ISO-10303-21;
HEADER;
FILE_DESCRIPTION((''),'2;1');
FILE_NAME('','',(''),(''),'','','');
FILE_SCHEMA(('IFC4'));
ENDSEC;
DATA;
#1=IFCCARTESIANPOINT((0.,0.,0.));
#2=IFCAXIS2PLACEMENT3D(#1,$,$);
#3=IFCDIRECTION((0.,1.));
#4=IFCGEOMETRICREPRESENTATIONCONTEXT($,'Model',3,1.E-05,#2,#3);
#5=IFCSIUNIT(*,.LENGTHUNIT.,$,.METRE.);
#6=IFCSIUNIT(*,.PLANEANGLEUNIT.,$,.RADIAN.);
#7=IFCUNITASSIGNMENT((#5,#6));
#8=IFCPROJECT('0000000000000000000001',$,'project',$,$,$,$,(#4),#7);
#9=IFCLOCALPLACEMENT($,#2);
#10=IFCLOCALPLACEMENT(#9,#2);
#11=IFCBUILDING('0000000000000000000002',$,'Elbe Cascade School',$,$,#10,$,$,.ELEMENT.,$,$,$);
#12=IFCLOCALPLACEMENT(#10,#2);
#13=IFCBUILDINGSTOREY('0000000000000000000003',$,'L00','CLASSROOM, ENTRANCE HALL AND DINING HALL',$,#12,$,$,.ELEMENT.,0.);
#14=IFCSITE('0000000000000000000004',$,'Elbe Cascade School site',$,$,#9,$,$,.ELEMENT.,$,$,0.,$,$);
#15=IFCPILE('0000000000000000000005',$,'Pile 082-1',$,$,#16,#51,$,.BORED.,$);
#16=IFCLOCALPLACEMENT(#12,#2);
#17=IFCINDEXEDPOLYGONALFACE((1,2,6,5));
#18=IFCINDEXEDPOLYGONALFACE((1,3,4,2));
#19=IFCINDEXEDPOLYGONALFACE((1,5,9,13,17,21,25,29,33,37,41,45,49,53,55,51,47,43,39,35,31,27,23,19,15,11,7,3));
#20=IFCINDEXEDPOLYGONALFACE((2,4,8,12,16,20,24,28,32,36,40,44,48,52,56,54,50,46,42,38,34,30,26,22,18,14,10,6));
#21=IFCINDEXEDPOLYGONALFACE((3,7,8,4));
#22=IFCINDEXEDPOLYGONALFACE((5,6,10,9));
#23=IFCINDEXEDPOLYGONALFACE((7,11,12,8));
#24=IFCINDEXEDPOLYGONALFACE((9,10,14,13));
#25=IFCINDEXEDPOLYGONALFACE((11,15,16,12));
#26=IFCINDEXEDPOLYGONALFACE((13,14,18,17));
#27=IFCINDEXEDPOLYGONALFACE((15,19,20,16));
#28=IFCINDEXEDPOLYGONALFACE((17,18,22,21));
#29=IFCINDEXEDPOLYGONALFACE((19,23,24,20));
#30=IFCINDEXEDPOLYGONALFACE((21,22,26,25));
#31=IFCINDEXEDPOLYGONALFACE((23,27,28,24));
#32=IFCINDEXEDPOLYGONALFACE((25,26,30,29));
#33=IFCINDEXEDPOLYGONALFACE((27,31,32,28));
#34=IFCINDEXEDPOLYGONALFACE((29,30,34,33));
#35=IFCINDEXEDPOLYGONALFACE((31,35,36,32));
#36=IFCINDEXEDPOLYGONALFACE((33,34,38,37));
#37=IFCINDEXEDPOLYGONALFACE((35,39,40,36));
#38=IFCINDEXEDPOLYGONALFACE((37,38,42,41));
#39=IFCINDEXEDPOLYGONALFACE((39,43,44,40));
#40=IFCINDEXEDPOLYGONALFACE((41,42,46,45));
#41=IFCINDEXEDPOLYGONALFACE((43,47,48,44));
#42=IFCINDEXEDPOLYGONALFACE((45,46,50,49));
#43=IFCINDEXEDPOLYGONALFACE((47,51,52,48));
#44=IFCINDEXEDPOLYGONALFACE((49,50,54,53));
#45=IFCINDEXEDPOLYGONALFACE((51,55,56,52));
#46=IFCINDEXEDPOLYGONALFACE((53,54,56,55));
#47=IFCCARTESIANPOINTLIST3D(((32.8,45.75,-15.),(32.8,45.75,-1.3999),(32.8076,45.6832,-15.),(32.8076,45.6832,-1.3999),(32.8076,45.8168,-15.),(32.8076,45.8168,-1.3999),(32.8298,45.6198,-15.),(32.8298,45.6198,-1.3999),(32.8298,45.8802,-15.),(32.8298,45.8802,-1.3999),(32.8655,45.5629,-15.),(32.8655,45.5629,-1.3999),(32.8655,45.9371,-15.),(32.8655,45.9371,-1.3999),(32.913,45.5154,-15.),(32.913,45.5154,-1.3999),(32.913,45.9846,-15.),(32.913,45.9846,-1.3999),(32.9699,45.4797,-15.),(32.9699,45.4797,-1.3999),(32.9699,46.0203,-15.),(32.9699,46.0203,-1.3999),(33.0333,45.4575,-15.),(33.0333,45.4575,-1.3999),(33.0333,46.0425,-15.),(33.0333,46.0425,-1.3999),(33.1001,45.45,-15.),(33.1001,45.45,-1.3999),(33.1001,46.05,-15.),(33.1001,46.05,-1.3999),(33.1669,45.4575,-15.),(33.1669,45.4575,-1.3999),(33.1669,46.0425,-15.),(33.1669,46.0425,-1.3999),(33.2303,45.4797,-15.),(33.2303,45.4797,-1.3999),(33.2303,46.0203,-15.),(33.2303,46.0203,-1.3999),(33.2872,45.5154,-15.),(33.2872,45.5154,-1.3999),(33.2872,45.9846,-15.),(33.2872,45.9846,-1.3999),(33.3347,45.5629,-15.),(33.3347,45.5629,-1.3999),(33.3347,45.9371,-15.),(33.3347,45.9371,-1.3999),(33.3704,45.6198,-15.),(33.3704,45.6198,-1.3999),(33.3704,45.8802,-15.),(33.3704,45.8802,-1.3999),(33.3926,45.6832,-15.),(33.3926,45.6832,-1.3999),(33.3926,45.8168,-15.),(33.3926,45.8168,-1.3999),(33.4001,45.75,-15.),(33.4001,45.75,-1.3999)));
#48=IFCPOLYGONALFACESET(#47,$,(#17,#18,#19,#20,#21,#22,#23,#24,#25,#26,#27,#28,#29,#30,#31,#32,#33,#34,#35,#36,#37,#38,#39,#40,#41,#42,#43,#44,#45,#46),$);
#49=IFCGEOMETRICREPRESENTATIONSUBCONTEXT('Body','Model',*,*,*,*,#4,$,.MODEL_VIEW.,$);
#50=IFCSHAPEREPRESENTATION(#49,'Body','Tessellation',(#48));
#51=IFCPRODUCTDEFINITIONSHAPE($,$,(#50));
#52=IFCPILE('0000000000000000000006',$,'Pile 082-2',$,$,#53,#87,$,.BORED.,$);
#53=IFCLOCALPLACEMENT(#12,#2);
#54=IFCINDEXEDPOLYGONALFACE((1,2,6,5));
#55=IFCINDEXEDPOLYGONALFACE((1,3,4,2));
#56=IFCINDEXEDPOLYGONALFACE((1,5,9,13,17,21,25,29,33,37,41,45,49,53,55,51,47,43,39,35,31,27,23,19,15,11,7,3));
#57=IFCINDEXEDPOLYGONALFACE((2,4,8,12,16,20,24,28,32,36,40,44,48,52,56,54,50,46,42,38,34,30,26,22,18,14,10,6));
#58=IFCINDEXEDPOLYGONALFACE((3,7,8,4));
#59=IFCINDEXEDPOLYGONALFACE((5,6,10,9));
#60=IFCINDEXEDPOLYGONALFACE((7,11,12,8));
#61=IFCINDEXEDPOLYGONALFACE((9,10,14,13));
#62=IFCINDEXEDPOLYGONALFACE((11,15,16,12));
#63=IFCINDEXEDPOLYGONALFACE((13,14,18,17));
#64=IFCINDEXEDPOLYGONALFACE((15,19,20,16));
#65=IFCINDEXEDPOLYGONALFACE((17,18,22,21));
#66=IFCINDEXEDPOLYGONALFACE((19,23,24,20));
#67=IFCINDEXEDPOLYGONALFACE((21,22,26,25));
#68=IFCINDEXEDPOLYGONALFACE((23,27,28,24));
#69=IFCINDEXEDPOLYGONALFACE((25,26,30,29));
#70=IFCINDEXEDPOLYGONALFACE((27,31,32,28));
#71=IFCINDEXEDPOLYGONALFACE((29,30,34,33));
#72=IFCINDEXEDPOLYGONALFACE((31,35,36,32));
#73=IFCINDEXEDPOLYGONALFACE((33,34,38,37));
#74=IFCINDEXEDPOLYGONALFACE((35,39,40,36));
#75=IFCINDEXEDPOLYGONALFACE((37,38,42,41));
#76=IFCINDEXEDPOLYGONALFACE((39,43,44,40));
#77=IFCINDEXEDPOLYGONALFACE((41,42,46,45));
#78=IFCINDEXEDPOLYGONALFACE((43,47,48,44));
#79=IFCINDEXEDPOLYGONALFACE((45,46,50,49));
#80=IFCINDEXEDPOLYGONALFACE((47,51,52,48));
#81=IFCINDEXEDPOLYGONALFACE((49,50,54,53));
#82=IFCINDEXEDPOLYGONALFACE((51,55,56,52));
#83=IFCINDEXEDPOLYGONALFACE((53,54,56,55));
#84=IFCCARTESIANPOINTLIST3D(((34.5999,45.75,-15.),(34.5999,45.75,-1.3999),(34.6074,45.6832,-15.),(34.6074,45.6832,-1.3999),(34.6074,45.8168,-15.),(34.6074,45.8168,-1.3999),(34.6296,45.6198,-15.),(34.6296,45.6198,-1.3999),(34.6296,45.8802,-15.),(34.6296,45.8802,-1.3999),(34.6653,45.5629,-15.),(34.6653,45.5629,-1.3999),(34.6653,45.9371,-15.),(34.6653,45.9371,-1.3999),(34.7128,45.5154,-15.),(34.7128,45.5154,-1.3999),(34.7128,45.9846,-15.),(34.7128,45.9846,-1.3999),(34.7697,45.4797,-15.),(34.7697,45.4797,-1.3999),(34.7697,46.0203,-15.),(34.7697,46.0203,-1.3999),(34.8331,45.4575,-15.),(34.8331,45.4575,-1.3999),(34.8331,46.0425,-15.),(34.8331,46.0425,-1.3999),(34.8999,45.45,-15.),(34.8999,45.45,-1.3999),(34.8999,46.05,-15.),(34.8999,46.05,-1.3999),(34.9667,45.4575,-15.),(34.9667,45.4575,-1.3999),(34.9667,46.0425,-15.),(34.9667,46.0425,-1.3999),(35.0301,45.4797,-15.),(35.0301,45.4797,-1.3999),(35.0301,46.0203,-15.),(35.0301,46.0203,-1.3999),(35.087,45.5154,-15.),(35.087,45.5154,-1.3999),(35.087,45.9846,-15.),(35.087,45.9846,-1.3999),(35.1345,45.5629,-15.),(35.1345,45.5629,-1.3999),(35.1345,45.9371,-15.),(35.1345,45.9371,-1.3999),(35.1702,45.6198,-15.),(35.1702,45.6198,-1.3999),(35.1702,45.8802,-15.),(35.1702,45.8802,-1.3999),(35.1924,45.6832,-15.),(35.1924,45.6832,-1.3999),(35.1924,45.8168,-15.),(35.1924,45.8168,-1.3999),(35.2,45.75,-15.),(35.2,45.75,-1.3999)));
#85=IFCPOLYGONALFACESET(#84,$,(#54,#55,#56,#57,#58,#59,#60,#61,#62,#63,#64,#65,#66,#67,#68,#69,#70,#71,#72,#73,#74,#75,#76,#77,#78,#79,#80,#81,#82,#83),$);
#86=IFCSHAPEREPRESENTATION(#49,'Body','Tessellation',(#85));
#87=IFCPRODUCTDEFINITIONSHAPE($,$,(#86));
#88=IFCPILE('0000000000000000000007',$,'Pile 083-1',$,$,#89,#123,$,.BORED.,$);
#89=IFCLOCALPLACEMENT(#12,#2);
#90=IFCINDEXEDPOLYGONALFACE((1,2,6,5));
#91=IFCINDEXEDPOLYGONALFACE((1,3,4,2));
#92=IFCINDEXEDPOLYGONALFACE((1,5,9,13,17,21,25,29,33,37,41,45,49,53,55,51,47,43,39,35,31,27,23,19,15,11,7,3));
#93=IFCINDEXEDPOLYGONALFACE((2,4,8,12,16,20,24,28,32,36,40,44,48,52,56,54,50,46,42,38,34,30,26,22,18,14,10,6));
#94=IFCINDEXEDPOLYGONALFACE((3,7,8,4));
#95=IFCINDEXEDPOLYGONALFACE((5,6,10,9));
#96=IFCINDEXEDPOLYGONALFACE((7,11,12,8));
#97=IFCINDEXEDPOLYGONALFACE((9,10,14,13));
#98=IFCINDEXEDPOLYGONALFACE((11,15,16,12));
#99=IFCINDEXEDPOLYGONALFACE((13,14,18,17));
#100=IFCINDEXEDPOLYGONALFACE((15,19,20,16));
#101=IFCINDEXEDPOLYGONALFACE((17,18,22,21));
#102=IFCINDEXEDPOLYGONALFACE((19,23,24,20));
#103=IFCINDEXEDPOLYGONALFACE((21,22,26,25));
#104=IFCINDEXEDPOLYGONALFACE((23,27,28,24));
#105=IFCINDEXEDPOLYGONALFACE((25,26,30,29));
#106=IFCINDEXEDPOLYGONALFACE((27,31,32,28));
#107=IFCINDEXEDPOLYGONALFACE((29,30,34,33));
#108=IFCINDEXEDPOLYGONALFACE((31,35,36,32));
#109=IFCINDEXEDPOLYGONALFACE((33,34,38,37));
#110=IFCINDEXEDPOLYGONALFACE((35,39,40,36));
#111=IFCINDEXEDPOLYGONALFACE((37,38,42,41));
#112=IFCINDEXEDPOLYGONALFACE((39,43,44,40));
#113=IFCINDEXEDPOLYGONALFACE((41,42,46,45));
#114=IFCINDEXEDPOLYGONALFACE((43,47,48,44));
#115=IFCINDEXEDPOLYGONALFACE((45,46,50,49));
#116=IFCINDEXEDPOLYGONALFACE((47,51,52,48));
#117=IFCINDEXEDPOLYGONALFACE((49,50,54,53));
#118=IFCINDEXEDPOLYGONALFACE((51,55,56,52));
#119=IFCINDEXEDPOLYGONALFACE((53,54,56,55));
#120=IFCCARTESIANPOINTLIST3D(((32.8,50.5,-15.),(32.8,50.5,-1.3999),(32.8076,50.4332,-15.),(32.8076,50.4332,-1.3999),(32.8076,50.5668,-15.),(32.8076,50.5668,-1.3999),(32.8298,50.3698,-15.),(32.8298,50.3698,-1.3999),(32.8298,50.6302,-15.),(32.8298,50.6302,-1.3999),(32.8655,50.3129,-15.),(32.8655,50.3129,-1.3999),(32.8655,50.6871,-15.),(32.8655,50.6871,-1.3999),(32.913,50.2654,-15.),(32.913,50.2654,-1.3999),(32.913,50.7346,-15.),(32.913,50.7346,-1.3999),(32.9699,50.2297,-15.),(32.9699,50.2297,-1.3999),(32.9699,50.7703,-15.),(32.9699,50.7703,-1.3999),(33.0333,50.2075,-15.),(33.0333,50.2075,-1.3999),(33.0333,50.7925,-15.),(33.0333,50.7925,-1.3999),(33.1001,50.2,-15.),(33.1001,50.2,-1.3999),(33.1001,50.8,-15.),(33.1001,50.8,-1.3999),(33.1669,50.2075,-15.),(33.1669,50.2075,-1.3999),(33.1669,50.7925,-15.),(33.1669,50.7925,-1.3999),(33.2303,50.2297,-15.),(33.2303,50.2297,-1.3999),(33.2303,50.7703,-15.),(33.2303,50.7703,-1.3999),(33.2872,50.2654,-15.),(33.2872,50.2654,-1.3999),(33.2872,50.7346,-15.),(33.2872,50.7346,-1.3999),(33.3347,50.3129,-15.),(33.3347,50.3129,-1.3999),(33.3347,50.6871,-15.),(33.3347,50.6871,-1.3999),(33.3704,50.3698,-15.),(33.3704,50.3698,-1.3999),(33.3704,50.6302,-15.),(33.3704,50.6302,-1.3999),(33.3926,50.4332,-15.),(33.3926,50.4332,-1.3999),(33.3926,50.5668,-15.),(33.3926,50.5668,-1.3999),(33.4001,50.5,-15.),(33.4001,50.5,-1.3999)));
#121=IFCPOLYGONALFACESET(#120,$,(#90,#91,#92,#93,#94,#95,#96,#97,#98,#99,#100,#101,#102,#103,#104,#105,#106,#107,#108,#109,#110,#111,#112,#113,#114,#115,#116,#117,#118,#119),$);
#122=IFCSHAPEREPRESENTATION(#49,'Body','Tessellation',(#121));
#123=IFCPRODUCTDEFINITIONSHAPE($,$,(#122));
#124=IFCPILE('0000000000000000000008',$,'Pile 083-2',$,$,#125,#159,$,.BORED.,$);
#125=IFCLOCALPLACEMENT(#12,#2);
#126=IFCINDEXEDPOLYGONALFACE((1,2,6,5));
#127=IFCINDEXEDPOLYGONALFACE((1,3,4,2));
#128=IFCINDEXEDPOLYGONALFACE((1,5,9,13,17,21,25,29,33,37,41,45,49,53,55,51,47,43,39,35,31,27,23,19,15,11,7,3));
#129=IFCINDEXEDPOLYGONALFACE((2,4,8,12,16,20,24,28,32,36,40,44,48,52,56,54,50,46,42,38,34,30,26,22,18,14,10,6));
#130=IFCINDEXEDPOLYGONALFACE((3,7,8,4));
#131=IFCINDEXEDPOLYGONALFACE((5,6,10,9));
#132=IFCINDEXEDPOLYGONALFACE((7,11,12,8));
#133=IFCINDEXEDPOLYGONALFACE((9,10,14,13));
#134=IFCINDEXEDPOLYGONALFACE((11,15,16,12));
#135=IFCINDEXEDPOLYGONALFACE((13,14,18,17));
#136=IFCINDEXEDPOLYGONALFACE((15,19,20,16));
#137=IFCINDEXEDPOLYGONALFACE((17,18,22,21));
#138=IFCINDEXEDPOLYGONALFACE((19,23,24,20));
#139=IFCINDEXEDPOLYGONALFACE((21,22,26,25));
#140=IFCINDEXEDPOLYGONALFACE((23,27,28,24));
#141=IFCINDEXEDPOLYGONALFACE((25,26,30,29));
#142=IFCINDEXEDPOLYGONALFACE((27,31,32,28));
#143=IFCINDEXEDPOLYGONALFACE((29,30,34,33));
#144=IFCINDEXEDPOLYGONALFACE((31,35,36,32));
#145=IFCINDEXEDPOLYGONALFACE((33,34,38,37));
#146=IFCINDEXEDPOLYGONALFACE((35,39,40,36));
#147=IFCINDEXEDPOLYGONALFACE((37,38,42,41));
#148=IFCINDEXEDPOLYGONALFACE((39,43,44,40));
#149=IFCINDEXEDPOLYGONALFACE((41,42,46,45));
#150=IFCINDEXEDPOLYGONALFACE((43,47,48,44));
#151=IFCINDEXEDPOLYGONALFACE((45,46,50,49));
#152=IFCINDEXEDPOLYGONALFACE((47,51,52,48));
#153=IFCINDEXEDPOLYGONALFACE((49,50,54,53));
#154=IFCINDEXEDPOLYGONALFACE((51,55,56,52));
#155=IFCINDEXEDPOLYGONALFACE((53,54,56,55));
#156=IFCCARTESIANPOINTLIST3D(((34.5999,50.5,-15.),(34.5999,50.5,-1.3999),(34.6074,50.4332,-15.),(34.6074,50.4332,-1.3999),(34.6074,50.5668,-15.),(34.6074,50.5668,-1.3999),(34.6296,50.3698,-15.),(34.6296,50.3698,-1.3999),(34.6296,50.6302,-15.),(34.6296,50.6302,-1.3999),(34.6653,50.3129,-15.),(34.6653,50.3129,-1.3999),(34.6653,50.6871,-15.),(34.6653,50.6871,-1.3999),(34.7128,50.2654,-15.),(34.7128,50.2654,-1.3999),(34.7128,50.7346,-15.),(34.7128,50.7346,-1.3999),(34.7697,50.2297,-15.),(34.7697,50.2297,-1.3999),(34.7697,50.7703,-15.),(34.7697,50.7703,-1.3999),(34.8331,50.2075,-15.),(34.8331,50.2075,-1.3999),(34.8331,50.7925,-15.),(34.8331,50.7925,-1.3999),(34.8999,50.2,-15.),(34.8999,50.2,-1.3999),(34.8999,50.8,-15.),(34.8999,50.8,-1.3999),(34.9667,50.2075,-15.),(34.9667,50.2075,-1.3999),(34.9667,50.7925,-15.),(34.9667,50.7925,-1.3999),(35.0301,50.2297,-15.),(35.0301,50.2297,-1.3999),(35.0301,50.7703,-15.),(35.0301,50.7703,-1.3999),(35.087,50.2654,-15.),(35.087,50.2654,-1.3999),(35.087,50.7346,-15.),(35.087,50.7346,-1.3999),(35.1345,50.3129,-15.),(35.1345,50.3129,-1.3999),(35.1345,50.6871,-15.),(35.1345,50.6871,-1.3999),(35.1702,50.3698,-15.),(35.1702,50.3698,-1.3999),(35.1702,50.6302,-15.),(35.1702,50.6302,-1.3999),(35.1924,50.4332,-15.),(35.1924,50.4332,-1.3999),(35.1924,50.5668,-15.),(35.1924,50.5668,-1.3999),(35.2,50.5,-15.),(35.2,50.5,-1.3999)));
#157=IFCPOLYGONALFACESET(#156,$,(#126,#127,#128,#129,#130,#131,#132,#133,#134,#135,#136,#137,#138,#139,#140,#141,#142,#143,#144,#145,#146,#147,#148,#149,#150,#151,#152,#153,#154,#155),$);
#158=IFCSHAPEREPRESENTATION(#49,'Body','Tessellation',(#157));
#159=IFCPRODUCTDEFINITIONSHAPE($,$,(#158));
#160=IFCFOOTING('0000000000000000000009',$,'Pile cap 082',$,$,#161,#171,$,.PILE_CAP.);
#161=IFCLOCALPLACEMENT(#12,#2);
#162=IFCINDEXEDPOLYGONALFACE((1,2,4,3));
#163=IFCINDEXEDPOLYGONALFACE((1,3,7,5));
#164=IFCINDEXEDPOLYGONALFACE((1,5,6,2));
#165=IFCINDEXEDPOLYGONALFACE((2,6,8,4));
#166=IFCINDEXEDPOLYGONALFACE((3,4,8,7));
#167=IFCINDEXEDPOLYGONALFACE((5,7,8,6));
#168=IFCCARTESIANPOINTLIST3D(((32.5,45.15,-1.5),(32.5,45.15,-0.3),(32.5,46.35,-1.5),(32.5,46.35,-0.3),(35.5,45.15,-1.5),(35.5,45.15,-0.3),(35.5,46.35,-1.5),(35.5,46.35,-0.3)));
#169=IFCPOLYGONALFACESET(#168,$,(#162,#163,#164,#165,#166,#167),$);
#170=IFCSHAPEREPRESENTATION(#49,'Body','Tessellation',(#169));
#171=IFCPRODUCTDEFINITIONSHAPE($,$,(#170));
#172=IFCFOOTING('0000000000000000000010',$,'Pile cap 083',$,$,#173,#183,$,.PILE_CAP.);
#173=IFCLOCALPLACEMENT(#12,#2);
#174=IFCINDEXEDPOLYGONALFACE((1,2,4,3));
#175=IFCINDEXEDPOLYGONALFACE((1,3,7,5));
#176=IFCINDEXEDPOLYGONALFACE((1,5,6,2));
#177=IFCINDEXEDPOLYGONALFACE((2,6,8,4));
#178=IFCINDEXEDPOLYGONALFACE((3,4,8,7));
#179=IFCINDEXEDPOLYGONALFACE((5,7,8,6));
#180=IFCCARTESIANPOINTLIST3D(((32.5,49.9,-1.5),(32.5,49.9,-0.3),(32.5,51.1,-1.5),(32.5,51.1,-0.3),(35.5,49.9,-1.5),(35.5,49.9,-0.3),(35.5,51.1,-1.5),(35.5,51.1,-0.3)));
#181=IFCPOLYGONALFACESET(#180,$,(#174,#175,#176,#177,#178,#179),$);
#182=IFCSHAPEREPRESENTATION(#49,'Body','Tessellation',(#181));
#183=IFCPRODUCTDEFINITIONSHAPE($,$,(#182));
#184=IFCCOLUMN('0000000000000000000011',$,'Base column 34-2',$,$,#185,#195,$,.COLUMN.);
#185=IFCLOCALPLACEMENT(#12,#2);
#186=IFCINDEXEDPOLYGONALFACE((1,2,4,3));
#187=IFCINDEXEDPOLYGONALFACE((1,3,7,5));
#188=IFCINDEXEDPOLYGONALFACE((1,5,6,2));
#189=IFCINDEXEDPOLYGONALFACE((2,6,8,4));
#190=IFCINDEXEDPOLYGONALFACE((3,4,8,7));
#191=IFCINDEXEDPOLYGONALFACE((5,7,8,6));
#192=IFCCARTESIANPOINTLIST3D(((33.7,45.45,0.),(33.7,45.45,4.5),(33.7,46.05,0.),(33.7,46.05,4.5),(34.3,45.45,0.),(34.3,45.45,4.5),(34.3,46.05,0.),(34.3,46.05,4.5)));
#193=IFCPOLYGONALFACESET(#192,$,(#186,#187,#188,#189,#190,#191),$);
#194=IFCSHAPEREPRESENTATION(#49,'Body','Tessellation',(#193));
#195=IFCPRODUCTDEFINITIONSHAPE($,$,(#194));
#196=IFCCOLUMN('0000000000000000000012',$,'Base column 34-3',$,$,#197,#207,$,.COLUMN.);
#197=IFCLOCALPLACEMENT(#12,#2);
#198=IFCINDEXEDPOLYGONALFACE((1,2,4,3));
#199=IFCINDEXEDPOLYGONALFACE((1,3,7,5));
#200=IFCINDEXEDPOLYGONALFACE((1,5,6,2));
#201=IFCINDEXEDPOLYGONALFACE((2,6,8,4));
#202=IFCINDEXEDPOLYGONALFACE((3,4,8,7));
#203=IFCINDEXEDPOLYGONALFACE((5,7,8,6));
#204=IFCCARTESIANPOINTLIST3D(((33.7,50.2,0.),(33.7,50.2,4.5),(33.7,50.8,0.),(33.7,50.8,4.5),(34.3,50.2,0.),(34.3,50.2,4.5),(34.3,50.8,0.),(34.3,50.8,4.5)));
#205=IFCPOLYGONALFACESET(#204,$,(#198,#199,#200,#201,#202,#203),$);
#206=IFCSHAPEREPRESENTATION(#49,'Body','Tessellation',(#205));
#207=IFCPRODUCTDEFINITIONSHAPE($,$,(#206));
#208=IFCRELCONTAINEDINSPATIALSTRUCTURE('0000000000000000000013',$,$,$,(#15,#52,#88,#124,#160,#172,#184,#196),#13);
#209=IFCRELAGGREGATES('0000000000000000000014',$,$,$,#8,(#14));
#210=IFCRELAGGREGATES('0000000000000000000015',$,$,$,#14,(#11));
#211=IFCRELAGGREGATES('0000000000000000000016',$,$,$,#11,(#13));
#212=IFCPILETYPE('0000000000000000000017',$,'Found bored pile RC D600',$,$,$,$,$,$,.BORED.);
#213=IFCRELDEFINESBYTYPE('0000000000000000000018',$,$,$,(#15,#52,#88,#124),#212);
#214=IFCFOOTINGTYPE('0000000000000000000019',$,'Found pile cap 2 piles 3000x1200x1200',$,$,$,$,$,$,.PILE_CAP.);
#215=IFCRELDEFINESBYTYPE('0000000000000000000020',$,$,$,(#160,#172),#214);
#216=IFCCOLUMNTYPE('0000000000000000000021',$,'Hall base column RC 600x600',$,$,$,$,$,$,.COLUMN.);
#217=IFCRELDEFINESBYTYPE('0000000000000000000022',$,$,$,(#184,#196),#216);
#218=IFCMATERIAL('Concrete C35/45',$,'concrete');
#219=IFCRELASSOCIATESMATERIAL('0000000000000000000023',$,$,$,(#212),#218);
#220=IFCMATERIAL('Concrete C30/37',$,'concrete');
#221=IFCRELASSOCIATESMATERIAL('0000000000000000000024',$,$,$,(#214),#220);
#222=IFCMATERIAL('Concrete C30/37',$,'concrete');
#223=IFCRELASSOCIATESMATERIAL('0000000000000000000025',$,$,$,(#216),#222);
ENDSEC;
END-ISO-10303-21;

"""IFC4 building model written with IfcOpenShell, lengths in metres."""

from ifc_helpers import new_model, si_unit, direction, frame, origin, origin_2d, place, context, subcontext, project, spatial, rectangle, circle, extrude, material, material_profile, profile_set, type_object, element, save


model = new_model("IFC4")

# Units and contexts
model_context = context("Model", 3, precision=1e-05, world=origin(), true_north=direction((0.0, 1.0)))
body_context = subcontext(model_context, "Body", "Model", "MODEL_VIEW")
ifc_project = project(units=[si_unit("LENGTHUNIT", "METRE"), si_unit("PLANEANGLEUNIT", "RADIAN")], contexts=[model_context])

# Site, building, storey
site_placement = place(None, origin())
site = spatial("IfcSite", under=ifc_project, at=site_placement, Name="Elbe Cascade School site", CompositionType="ELEMENT", RefElevation=0.0)
building_placement = place(site_placement, origin())
building = spatial("IfcBuilding", under=site, at=building_placement, Name="Elbe Cascade School", CompositionType="ELEMENT")
storey_placement = place(building_placement, origin())
storey = spatial("IfcBuildingStorey", under=building, at=storey_placement, Name="L00", Description="CLASSROOM, ENTRANCE HALL AND DINING HALL", CompositionType="ELEMENT", Elevation=0.0)

# Piles
ifc_material_1 = material(Name="Concrete C35/45", Category="concrete")
ifc_material_profile_1 = material_profile(ifc_material_1, circle(Radius=0.3, at=origin_2d()), Name="RC D600")
ifc_profile_set_1 = profile_set([ifc_material_profile_1], Name="Concrete C35/45")
pile_type = type_object("IfcPileType", Name="Found bored pile RC D600", PredefinedType="BORED", material=ifc_profile_set_1)
for number, where, z_axis, x_axis, name in (
    (1, (33.1001, 45.75, -1.3999), (0.0, 0.0, -1.0), (1.0, 0.0, 0.0), "Pile 082-1"),
    (2, (34.8999, 45.75, -1.3999), (0.0, 0.0, -1.0), (1.0, 0.0, 0.0), "Pile 082-2"),
    (3, (33.1001, 50.5, -1.3999), (0.0, 0.0, -1.0), (1.0, 0.0, 0.0), "Pile 083-1"),
    (4, (34.8999, 50.5, -1.3999), (0.0, 0.0, -1.0), (1.0, 0.0, 0.0), "Pile 083-2"),
):
    element("IfcPile", number, at=place(storey_placement, frame(where, z_axis=z_axis, x_axis=x_axis)), inside=storey, type_object=pile_type, Name=name, PredefinedType="BORED", context=body_context, shape_type="SweptSolid", body=[
        extrude(circle(Radius=0.3, at=origin_2d()), origin(), (0.0, 0.0, 1.0), 13.6001),
    ])

# Footings
ifc_material_2 = material(Name="Concrete C30/37", Category="concrete")
footing_type = type_object("IfcFootingType", Name="Found pile cap 2 piles 3000x1200x1200", PredefinedType="PILE_CAP", material=ifc_material_2)
for number, where, z_axis, x_axis, name in (
    (5, (34.0, 45.75, -1.5), (0.0, 0.0, 1.0), (1.0, 0.0, 0.0), "Pile cap 082"),
    (6, (34.0, 50.5, -1.5), (0.0, 0.0, 1.0), (1.0, 0.0, 0.0), "Pile cap 083"),
):
    element("IfcFooting", number, at=place(storey_placement, frame(where, z_axis=z_axis, x_axis=x_axis)), inside=storey, type_object=footing_type, Name=name, PredefinedType="PILE_CAP", context=body_context, shape_type="SweptSolid", body=[
        extrude(rectangle(XDim=3.0, YDim=1.2, at=origin_2d()), origin(), (0.0, 0.0, 1.0), 1.2),
    ])

# Columns
ifc_material_3 = material(Name="Concrete C30/37", Category="concrete")
ifc_material_profile_2 = material_profile(ifc_material_3, rectangle(XDim=0.6001, YDim=0.6001, at=origin_2d()), Name="RC 600x600")
ifc_profile_set_2 = profile_set([ifc_material_profile_2], Name="Concrete C30/37")
column_type = type_object("IfcColumnType", Name="Hall base column RC 600x600", PredefinedType="COLUMN", material=ifc_profile_set_2)
for number, where, z_axis, x_axis, name in (
    (7, (34.0, 45.75, 0.0), (0.0, 0.0, 1.0), (1.0, 0.0, 0.0), "Base column 34-2"),
    (8, (34.0, 50.5, 0.0), (0.0, 0.0, 1.0), (1.0, 0.0, 0.0), "Base column 34-3"),
):
    element("IfcColumn", number, at=place(storey_placement, frame(where, z_axis=z_axis, x_axis=x_axis)), inside=storey, type_object=column_type, Name=name, PredefinedType="COLUMN", context=body_context, shape_type="SweptSolid", body=[
        extrude(rectangle(XDim=0.6001, YDim=0.6001, at=origin_2d()), origin(), (0.0, 0.0, 1.0), 4.5),
    ])

save(model, "model.ifc")
